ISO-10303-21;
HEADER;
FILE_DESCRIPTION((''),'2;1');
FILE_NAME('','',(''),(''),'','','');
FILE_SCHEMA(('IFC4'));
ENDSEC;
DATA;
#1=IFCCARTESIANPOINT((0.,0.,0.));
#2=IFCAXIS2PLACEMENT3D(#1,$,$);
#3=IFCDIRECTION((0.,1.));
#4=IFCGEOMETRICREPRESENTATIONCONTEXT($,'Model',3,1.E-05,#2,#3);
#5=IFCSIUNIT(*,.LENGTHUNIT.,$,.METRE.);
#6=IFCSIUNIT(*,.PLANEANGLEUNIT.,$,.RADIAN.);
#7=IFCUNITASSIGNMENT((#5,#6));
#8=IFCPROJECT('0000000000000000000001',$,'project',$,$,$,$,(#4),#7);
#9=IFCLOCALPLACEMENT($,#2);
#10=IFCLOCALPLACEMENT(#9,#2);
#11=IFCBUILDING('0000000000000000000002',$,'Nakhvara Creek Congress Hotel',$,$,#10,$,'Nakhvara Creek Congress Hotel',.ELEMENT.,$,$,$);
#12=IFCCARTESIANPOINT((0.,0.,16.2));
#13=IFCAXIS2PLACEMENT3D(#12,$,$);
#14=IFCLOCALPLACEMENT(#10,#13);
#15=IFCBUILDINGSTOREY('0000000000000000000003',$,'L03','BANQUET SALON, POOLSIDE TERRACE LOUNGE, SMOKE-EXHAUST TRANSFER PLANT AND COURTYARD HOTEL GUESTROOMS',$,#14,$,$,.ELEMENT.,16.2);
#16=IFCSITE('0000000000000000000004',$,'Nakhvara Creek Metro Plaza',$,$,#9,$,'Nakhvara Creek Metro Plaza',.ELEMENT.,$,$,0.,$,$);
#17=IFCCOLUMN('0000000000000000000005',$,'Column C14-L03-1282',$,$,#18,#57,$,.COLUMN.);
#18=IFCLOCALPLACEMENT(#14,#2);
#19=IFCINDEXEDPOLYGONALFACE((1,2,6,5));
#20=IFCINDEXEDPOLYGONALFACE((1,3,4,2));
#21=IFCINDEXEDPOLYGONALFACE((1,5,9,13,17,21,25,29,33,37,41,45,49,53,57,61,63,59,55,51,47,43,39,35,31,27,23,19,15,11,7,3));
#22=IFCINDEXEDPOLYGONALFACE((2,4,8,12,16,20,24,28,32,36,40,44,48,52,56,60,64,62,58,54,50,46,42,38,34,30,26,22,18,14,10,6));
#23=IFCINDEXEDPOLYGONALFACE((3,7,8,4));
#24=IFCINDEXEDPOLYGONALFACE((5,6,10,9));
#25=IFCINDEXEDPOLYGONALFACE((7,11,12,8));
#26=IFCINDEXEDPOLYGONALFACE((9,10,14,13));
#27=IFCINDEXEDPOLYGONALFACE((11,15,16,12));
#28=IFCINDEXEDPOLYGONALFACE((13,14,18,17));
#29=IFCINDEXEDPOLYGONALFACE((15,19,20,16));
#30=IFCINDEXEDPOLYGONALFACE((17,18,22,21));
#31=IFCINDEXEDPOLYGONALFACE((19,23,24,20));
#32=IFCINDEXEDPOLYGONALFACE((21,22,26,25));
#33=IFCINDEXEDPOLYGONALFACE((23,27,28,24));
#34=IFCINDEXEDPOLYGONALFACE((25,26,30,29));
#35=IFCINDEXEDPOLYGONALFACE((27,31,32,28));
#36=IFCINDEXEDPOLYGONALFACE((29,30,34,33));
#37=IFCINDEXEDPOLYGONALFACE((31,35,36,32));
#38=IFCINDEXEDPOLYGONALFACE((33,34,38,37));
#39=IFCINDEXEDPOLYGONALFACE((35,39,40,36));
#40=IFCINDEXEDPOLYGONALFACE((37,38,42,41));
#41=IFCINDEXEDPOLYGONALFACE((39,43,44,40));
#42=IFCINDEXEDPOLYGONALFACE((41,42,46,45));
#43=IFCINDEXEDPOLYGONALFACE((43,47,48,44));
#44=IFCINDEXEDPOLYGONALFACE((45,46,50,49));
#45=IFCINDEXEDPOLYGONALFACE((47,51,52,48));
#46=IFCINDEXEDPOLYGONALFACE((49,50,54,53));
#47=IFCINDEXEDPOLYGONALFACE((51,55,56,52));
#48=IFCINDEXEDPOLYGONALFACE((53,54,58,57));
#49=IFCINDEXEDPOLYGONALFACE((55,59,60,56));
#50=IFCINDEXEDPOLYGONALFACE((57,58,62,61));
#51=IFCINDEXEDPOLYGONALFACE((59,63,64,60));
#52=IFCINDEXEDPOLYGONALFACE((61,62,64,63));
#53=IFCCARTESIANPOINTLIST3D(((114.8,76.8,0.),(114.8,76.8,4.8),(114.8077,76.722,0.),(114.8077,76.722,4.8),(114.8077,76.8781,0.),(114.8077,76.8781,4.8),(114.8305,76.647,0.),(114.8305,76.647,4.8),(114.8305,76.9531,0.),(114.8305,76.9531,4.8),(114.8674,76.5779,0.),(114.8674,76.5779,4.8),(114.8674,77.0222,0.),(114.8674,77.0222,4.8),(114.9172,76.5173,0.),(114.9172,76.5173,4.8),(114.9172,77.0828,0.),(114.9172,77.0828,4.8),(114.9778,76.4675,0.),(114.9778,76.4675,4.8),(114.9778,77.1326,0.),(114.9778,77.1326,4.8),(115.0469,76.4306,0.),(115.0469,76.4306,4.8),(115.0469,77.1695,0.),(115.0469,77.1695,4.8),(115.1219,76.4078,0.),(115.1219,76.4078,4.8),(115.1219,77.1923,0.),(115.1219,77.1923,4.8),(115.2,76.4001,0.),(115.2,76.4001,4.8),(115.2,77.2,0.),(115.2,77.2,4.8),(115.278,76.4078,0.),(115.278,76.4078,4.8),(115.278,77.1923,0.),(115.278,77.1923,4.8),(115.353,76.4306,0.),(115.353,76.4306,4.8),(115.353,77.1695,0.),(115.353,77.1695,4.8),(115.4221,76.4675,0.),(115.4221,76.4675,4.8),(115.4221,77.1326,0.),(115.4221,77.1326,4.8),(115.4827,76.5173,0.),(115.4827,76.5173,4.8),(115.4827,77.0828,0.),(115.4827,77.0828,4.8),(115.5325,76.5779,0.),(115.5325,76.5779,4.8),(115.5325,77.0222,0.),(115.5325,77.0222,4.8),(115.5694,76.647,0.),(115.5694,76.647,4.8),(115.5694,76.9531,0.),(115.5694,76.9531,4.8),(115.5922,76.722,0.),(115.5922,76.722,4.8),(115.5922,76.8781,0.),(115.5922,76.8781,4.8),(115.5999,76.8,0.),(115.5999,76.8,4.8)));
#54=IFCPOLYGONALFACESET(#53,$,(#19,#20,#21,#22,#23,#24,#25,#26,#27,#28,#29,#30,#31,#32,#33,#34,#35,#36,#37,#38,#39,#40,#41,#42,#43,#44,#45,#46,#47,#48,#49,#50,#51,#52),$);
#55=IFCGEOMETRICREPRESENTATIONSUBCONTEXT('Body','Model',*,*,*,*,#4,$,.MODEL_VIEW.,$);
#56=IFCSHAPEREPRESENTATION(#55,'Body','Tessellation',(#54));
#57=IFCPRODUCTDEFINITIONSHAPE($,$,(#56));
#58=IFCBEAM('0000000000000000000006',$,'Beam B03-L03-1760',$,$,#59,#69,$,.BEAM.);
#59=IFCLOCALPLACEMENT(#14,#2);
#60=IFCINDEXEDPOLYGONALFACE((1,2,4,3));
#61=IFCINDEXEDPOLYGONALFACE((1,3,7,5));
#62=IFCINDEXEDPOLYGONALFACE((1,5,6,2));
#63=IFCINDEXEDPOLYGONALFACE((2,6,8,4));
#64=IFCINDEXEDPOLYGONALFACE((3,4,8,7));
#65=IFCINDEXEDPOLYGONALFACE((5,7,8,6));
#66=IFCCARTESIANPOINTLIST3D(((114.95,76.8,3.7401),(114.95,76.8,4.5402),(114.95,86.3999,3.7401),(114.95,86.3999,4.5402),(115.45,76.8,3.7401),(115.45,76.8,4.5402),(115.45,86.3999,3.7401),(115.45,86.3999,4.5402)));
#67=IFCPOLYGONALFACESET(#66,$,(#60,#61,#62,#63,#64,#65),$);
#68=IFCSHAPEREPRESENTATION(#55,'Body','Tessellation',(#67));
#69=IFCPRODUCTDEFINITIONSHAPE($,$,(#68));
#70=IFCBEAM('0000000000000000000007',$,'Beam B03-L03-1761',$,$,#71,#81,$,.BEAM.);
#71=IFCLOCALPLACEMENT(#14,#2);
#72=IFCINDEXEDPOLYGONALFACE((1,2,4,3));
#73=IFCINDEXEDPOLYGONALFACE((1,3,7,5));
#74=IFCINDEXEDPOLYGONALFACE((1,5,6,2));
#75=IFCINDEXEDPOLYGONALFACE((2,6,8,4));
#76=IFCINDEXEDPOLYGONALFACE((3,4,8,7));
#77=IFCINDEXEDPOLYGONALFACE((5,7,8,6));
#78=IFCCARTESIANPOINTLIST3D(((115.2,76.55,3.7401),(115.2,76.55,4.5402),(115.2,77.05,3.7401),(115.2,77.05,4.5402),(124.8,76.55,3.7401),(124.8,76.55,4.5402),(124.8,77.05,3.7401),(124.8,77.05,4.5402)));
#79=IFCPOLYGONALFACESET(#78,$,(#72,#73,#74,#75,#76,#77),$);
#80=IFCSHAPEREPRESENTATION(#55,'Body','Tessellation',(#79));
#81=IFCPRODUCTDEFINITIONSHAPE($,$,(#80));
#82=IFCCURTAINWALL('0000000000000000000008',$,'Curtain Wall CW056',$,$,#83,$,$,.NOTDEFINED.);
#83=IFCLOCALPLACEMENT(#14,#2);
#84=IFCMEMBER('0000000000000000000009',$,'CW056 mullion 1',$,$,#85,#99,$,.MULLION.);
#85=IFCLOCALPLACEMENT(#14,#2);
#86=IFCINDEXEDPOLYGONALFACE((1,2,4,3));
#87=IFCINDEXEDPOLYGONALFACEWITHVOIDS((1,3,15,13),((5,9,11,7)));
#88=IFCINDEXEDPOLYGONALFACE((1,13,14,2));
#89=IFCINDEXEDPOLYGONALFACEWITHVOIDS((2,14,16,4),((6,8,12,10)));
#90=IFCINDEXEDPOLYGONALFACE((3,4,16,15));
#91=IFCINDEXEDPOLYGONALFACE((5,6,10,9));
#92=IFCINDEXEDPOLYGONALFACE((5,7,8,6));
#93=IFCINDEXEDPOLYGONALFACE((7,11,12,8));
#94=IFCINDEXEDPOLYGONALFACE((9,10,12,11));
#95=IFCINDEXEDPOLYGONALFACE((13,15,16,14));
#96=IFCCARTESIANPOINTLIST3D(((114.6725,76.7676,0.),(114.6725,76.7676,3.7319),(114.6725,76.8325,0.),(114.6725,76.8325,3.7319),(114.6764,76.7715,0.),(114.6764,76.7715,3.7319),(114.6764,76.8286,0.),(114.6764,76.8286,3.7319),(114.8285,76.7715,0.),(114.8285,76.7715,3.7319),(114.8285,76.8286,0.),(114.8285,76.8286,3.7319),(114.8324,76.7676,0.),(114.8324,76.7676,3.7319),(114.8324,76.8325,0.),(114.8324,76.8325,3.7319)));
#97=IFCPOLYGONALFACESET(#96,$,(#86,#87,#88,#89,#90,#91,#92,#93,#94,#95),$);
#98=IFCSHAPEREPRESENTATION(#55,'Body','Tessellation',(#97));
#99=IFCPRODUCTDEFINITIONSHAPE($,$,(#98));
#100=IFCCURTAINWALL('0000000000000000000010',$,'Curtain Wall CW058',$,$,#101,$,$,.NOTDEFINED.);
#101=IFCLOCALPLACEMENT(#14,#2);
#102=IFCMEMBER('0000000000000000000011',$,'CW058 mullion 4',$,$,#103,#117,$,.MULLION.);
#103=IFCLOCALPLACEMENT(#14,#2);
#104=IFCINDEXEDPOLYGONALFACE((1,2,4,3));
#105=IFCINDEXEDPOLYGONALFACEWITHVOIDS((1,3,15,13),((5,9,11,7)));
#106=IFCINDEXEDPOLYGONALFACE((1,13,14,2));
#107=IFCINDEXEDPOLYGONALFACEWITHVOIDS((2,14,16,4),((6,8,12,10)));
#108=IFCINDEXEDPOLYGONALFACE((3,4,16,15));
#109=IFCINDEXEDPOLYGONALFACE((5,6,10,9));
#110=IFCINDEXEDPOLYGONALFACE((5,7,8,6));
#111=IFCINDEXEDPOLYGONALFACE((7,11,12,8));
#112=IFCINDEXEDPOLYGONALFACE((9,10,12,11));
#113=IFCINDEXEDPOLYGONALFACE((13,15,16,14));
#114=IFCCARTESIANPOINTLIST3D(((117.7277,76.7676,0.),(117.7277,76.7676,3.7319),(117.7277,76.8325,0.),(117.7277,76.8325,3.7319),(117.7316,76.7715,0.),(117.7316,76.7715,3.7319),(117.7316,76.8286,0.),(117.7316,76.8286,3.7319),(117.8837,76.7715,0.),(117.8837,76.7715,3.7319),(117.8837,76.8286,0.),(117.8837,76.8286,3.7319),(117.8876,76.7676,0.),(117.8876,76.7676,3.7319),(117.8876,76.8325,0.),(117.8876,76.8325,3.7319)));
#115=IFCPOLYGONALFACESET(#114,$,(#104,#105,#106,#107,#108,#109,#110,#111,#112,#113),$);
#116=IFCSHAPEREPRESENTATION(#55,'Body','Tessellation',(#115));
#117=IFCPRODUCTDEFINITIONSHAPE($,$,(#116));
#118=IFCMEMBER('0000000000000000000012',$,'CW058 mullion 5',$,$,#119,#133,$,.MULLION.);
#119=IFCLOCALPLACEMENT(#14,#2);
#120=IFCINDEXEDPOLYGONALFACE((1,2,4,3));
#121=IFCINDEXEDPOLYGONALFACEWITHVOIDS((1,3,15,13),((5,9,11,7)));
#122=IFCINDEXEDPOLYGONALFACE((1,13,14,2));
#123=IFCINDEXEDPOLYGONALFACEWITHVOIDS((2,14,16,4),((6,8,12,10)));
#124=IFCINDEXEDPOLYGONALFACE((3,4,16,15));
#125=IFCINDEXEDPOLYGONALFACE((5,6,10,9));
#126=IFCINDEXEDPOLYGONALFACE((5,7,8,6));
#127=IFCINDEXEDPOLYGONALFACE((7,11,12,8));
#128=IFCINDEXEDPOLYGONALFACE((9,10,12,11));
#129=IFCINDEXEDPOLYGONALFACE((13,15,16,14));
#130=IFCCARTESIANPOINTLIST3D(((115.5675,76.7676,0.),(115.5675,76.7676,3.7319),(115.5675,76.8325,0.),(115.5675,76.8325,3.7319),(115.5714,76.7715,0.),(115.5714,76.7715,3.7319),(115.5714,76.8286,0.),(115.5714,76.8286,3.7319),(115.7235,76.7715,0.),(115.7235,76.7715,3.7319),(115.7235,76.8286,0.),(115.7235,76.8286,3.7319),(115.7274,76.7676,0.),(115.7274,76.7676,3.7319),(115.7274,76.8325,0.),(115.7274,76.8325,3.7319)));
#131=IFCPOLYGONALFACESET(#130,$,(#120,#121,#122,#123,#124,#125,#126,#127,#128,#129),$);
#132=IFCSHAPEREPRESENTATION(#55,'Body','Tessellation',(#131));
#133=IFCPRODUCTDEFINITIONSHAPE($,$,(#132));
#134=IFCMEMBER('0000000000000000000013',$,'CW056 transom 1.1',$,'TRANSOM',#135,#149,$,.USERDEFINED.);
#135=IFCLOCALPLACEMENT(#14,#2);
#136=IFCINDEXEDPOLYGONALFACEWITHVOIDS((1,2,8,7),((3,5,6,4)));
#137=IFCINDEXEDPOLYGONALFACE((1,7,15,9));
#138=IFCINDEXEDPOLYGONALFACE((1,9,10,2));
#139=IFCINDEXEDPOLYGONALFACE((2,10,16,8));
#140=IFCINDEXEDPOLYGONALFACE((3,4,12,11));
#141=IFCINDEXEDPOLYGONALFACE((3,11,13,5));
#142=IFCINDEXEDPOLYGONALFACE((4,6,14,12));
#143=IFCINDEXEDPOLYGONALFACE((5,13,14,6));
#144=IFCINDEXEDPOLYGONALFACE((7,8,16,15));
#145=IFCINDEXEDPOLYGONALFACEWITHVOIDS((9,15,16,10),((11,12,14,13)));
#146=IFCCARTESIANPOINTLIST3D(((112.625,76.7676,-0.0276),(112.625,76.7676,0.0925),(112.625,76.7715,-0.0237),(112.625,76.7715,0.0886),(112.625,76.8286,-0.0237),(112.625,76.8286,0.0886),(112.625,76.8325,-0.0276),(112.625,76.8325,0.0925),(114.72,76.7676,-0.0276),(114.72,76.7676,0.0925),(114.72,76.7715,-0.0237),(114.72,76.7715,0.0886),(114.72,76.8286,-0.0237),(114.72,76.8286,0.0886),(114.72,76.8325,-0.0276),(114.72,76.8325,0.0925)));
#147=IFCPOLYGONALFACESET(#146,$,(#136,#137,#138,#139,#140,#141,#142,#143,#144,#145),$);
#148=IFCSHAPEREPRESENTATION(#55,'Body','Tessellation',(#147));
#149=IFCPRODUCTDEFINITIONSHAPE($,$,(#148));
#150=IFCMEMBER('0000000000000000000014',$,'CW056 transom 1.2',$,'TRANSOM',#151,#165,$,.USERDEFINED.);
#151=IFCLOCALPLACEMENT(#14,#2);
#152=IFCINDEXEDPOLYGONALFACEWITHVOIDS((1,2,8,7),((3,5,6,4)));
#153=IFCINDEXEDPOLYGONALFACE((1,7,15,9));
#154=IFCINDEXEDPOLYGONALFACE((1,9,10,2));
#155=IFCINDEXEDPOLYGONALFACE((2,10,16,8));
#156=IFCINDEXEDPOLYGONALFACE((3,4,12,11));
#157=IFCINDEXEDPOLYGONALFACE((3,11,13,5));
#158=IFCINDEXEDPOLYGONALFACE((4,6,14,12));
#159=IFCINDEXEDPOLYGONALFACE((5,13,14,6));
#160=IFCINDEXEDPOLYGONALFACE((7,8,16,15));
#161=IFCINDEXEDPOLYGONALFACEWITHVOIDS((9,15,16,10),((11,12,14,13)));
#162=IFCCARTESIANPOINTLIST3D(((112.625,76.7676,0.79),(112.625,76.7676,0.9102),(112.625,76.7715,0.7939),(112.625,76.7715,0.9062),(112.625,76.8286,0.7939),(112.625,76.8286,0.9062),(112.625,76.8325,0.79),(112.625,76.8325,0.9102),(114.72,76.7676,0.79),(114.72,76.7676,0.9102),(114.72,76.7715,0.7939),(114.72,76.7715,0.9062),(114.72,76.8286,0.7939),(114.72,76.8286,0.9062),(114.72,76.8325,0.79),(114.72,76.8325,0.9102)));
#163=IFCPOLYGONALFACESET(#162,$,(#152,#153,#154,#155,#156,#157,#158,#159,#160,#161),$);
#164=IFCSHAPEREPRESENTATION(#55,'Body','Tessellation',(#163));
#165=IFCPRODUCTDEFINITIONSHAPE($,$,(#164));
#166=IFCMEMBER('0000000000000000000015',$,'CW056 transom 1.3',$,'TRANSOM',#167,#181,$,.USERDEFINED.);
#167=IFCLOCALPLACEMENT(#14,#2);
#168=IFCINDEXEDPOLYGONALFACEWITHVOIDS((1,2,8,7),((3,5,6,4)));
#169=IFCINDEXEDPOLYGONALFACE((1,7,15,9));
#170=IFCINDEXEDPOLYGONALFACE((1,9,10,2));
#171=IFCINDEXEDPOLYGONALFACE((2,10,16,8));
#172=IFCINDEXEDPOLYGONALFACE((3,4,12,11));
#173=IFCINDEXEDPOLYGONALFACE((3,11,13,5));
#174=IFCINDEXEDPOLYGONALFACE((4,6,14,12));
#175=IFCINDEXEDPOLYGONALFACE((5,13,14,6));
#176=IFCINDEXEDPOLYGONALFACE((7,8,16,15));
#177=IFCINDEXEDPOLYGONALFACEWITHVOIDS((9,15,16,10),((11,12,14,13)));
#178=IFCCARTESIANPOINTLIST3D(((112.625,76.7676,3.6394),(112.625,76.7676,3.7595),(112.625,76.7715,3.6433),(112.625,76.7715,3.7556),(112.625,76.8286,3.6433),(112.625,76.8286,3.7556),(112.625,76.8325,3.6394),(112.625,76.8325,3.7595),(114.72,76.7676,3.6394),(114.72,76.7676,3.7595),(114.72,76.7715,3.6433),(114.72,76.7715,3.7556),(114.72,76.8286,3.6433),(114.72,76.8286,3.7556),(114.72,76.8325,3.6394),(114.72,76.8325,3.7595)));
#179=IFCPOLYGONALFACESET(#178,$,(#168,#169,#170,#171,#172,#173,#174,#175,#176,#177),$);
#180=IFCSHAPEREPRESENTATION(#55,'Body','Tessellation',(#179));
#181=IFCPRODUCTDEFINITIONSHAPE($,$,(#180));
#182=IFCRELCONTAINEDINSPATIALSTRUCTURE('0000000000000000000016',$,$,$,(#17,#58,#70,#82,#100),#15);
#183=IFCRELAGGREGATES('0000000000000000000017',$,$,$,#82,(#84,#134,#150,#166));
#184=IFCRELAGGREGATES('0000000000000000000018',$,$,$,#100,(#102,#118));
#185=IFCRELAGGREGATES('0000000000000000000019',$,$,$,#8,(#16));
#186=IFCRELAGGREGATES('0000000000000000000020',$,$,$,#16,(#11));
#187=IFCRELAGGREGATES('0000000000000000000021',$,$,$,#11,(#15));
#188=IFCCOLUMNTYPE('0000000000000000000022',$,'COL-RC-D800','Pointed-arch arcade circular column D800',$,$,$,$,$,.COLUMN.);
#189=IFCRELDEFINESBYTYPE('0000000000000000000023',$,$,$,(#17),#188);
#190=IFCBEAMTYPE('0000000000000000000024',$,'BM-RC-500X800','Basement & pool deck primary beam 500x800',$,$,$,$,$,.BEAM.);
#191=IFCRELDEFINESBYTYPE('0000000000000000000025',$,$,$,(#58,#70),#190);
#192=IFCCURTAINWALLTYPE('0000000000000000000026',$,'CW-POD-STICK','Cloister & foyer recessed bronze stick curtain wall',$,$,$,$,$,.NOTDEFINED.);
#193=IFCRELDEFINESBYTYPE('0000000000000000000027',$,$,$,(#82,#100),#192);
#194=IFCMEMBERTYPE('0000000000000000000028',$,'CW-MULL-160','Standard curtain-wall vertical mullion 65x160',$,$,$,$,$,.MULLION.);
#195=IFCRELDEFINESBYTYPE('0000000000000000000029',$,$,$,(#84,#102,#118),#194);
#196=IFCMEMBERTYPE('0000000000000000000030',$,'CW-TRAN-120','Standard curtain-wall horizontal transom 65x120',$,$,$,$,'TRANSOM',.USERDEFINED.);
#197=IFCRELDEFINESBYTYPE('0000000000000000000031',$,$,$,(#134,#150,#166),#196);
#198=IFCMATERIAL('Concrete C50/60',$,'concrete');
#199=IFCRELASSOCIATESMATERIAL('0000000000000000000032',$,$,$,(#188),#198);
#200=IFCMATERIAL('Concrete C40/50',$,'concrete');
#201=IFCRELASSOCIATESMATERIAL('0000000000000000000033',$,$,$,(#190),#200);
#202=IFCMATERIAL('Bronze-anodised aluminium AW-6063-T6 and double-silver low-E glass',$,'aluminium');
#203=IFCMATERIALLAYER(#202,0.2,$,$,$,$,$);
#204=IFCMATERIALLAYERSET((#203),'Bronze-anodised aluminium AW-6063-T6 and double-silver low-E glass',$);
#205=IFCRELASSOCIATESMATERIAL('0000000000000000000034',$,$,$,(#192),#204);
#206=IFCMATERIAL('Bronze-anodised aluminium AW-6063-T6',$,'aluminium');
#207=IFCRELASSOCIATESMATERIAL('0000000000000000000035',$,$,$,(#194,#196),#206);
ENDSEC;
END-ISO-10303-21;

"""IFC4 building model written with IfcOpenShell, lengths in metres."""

from ifc_helpers import new_model, si_unit, direction, frame, origin, origin_2d, place, context, subcontext, project, spatial, rectangle, hollow_rectangle, circle, extrude, material, layer, layer_set, material_profile, profile_set, type_object, element, aggregate, save


model = new_model("IFC4")

# Units and contexts
model_context = context("Model", 3, precision=1e-05, world=origin(), true_north=direction((0.0, 1.0)))
body_context = subcontext(model_context, "Body", "Model", "MODEL_VIEW")
ifc_project = project(units=[si_unit("LENGTHUNIT", "METRE"), si_unit("PLANEANGLEUNIT", "RADIAN")], contexts=[model_context])

# Site, building, storey
site_placement = place(None, origin())
site = spatial("IfcSite", under=ifc_project, at=site_placement, Name="Nakhvara Creek Metro Plaza", LongName="Nakhvara Creek Metro Plaza", CompositionType="ELEMENT", RefElevation=0.0)
building_placement = place(site_placement, origin())
building = spatial("IfcBuilding", under=site, at=building_placement, Name="Nakhvara Creek Congress Hotel", LongName="Nakhvara Creek Congress Hotel", CompositionType="ELEMENT")
storey_placement = place(building_placement, frame((0.0, 0.0, 16.2)))
storey = spatial("IfcBuildingStorey", under=building, at=storey_placement, Name="L03", Description="BANQUET SALON, POOLSIDE TERRACE LOUNGE, SMOKE-EXHAUST TRANSFER PLANT AND COURTYARD HOTEL GUESTROOMS", CompositionType="ELEMENT", Elevation=16.2)

# Column
ifc_material_1 = material(Name="Concrete C50/60", Category="concrete")
ifc_material_profile_1 = material_profile(ifc_material_1, circle(Radius=0.3999, at=origin_2d()), Name="RC-COL D800", Category="LoadBearing")
ifc_profile_set_1 = profile_set([ifc_material_profile_1], Name="Concrete C50/60")
column_type = type_object("IfcColumnType", Name="COL-RC-D800", Description="Pointed-arch arcade circular column D800", PredefinedType="COLUMN", material=ifc_profile_set_1)
column_placement = place(storey_placement, frame((115.2, 76.8, 0.0), z_axis=(0.0, 0.0, 1.0), x_axis=(1.0, 0.0, 0.0)))
element("IfcColumn", 1, at=column_placement, inside=storey, type_object=column_type, Name="Column C14-L03-1282", PredefinedType="COLUMN", context=body_context, shape_type="SweptSolid", body=[
    extrude(circle(Radius=0.3999, at=origin_2d()), origin(), (0.0, 0.0, 1.0), 4.8),
])

# Beams
ifc_material_2 = material(Name="Concrete C40/50", Category="concrete")
ifc_material_profile_2 = material_profile(ifc_material_2, rectangle(XDim=0.5, YDim=0.8, at=origin_2d()), Name="RC-BM 500x800", Category="LoadBearing")
ifc_profile_set_2 = profile_set([ifc_material_profile_2], Name="Concrete C40/50")
beam_type = type_object("IfcBeamType", Name="BM-RC-500X800", Description="Basement & pool deck primary beam 500x800", PredefinedType="BEAM", material=ifc_profile_set_2)
beam_1_placement = place(storey_placement, frame((115.2, 76.8, 4.1401), z_axis=(0.0, 1.0, 0.0), x_axis=(-1.0, 0.0, 0.0)))
element("IfcBeam", 2, at=beam_1_placement, inside=storey, type_object=beam_type, Name="Beam B03-L03-1760", PredefinedType="BEAM", context=body_context, shape_type="SweptSolid", body=[
    extrude(rectangle(XDim=0.5, YDim=0.8, at=origin_2d()), origin(), (0.0, 0.0, 1.0), 9.5999),
])
beam_2_placement = place(storey_placement, frame((115.2, 76.8, 4.1401), z_axis=(1.0, 0.0, 0.0), x_axis=(0.0, 1.0, 0.0)))
element("IfcBeam", 3, at=beam_2_placement, inside=storey, type_object=beam_type, Name="Beam B03-L03-1761", PredefinedType="BEAM", context=body_context, shape_type="SweptSolid", body=[
    extrude(rectangle(XDim=0.5, YDim=0.8, at=origin_2d()), origin(), (0.0, 0.0, 1.0), 9.6001),
])

# Curtain wall, member
ifc_material_3 = material(Name="Bronze-anodised aluminium AW-6063-T6 and double-silver low-E glass", Category="aluminium")
ifc_layer = layer(ifc_material_3, 0.2)
ifc_layer_set = layer_set([ifc_layer], Name="Bronze-anodised aluminium AW-6063-T6 and double-silver low-E glass")
curtain_wall_type = type_object("IfcCurtainWallType", Name="CW-POD-STICK", Description="Cloister & foyer recessed bronze stick curtain wall", PredefinedType="NOTDEFINED", material=ifc_layer_set)
curtain_wall_1_placement = place(storey_placement, origin())
curtain_wall_1 = element("IfcCurtainWall", 4, at=curtain_wall_1_placement, inside=storey, type_object=curtain_wall_type, Name="Curtain Wall CW056", PredefinedType="NOTDEFINED")
ifc_material_4 = material(Name="Bronze-anodised aluminium AW-6063-T6", Category="aluminium")
ifc_material_profile_3 = material_profile(ifc_material_4, hollow_rectangle(XDim=0.0649, YDim=0.1599, WallThickness=0.0039, at=origin_2d()), Name="ALU-MULL 65x160x4", Category="LoadBearing")
ifc_profile_set_3 = profile_set([ifc_material_profile_3], Name="Bronze-anodised aluminium AW-6063-T6")
member_type_1 = type_object("IfcMemberType", Name="CW-MULL-160", Description="Standard curtain-wall vertical mullion 65x160", PredefinedType="MULLION", material=ifc_profile_set_3)
member_1_placement = place(storey_placement, frame((114.7524, 76.8, 0.0), z_axis=(0.0, 0.0, 1.0), x_axis=(0.0, -1.0, 0.0)))
member_1 = element("IfcMember", 5, at=member_1_placement, type_object=member_type_1, Name="CW056 mullion 1", PredefinedType="MULLION", context=body_context, shape_type="SweptSolid", body=[
    extrude(hollow_rectangle(XDim=0.0649, YDim=0.1599, WallThickness=0.0039, at=origin_2d()), origin(), (0.0, 0.0, 1.0), 3.7319),
])

# Curtain wall, members
curtain_wall_2_placement = place(storey_placement, origin())
curtain_wall_2 = element("IfcCurtainWall", 6, at=curtain_wall_2_placement, inside=storey, type_object=curtain_wall_type, Name="Curtain Wall CW058", PredefinedType="NOTDEFINED")
member_2_placement = place(storey_placement, frame((117.8076, 76.8, 0.0), z_axis=(0.0, 0.0, 1.0), x_axis=(0.0, -1.0, 0.0)))
member_2 = element("IfcMember", 7, at=member_2_placement, type_object=member_type_1, Name="CW058 mullion 4", PredefinedType="MULLION", context=body_context, shape_type="SweptSolid", body=[
    extrude(hollow_rectangle(XDim=0.0649, YDim=0.1599, WallThickness=0.0039, at=origin_2d()), origin(), (0.0, 0.0, 1.0), 3.7319),
])
member_3_placement = place(storey_placement, frame((115.6475, 76.8, 0.0), z_axis=(0.0, 0.0, 1.0), x_axis=(0.0, -1.0, 0.0)))
member_3 = element("IfcMember", 8, at=member_3_placement, type_object=member_type_1, Name="CW058 mullion 5", PredefinedType="MULLION", context=body_context, shape_type="SweptSolid", body=[
    extrude(hollow_rectangle(XDim=0.0649, YDim=0.1599, WallThickness=0.0039, at=origin_2d()), origin(), (0.0, 0.0, 1.0), 3.7319),
])

# Members
ifc_material_profile_4 = material_profile(ifc_material_4, hollow_rectangle(XDim=0.0649, YDim=0.1201, WallThickness=0.0039, at=origin_2d()), Name="ALU-TRAN 65x120x4", Category="LoadBearing")
ifc_profile_set_4 = profile_set([ifc_material_profile_4], Name="Bronze-anodised aluminium AW-6063-T6")
member_type_2 = type_object("IfcMemberType", Name="CW-TRAN-120", Description="Standard curtain-wall horizontal transom 65x120", ElementType="TRANSOM", PredefinedType="USERDEFINED", material=ifc_profile_set_4)
member_4_placement = place(storey_placement, frame((114.72, 76.8, 0.0325), z_axis=(-1.0, 0.0, 0.0), x_axis=(0.0, -1.0, 0.0)))
member_4 = element("IfcMember", 9, at=member_4_placement, type_object=member_type_2, Name="CW056 transom 1.1", ObjectType="TRANSOM", PredefinedType="USERDEFINED", context=body_context, shape_type="SweptSolid", body=[
    extrude(hollow_rectangle(XDim=0.0649, YDim=0.1201, WallThickness=0.0039, at=origin_2d()), origin(), (0.0, 0.0, 1.0), 2.095),
])
member_5_placement = place(storey_placement, frame((114.72, 76.8, 0.8501), z_axis=(-1.0, 0.0, 0.0), x_axis=(0.0, -1.0, 0.0)))
member_5 = element("IfcMember", 10, at=member_5_placement, type_object=member_type_2, Name="CW056 transom 1.2", ObjectType="TRANSOM", PredefinedType="USERDEFINED", context=body_context, shape_type="SweptSolid", body=[
    extrude(hollow_rectangle(XDim=0.0649, YDim=0.1201, WallThickness=0.0039, at=origin_2d()), origin(), (0.0, 0.0, 1.0), 2.095),
])
member_6_placement = place(storey_placement, frame((114.72, 76.8, 3.6995), z_axis=(-1.0, 0.0, 0.0), x_axis=(0.0, -1.0, 0.0)))
member_6 = element("IfcMember", 11, at=member_6_placement, type_object=member_type_2, Name="CW056 transom 1.3", ObjectType="TRANSOM", PredefinedType="USERDEFINED", context=body_context, shape_type="SweptSolid", body=[
    extrude(hollow_rectangle(XDim=0.0649, YDim=0.1201, WallThickness=0.0039, at=origin_2d()), origin(), (0.0, 0.0, 1.0), 2.095),
])

aggregate(curtain_wall_1, [member_1, member_4, member_5, member_6])
aggregate(curtain_wall_2, [member_2, member_3])

save(model, "model.ifc")
